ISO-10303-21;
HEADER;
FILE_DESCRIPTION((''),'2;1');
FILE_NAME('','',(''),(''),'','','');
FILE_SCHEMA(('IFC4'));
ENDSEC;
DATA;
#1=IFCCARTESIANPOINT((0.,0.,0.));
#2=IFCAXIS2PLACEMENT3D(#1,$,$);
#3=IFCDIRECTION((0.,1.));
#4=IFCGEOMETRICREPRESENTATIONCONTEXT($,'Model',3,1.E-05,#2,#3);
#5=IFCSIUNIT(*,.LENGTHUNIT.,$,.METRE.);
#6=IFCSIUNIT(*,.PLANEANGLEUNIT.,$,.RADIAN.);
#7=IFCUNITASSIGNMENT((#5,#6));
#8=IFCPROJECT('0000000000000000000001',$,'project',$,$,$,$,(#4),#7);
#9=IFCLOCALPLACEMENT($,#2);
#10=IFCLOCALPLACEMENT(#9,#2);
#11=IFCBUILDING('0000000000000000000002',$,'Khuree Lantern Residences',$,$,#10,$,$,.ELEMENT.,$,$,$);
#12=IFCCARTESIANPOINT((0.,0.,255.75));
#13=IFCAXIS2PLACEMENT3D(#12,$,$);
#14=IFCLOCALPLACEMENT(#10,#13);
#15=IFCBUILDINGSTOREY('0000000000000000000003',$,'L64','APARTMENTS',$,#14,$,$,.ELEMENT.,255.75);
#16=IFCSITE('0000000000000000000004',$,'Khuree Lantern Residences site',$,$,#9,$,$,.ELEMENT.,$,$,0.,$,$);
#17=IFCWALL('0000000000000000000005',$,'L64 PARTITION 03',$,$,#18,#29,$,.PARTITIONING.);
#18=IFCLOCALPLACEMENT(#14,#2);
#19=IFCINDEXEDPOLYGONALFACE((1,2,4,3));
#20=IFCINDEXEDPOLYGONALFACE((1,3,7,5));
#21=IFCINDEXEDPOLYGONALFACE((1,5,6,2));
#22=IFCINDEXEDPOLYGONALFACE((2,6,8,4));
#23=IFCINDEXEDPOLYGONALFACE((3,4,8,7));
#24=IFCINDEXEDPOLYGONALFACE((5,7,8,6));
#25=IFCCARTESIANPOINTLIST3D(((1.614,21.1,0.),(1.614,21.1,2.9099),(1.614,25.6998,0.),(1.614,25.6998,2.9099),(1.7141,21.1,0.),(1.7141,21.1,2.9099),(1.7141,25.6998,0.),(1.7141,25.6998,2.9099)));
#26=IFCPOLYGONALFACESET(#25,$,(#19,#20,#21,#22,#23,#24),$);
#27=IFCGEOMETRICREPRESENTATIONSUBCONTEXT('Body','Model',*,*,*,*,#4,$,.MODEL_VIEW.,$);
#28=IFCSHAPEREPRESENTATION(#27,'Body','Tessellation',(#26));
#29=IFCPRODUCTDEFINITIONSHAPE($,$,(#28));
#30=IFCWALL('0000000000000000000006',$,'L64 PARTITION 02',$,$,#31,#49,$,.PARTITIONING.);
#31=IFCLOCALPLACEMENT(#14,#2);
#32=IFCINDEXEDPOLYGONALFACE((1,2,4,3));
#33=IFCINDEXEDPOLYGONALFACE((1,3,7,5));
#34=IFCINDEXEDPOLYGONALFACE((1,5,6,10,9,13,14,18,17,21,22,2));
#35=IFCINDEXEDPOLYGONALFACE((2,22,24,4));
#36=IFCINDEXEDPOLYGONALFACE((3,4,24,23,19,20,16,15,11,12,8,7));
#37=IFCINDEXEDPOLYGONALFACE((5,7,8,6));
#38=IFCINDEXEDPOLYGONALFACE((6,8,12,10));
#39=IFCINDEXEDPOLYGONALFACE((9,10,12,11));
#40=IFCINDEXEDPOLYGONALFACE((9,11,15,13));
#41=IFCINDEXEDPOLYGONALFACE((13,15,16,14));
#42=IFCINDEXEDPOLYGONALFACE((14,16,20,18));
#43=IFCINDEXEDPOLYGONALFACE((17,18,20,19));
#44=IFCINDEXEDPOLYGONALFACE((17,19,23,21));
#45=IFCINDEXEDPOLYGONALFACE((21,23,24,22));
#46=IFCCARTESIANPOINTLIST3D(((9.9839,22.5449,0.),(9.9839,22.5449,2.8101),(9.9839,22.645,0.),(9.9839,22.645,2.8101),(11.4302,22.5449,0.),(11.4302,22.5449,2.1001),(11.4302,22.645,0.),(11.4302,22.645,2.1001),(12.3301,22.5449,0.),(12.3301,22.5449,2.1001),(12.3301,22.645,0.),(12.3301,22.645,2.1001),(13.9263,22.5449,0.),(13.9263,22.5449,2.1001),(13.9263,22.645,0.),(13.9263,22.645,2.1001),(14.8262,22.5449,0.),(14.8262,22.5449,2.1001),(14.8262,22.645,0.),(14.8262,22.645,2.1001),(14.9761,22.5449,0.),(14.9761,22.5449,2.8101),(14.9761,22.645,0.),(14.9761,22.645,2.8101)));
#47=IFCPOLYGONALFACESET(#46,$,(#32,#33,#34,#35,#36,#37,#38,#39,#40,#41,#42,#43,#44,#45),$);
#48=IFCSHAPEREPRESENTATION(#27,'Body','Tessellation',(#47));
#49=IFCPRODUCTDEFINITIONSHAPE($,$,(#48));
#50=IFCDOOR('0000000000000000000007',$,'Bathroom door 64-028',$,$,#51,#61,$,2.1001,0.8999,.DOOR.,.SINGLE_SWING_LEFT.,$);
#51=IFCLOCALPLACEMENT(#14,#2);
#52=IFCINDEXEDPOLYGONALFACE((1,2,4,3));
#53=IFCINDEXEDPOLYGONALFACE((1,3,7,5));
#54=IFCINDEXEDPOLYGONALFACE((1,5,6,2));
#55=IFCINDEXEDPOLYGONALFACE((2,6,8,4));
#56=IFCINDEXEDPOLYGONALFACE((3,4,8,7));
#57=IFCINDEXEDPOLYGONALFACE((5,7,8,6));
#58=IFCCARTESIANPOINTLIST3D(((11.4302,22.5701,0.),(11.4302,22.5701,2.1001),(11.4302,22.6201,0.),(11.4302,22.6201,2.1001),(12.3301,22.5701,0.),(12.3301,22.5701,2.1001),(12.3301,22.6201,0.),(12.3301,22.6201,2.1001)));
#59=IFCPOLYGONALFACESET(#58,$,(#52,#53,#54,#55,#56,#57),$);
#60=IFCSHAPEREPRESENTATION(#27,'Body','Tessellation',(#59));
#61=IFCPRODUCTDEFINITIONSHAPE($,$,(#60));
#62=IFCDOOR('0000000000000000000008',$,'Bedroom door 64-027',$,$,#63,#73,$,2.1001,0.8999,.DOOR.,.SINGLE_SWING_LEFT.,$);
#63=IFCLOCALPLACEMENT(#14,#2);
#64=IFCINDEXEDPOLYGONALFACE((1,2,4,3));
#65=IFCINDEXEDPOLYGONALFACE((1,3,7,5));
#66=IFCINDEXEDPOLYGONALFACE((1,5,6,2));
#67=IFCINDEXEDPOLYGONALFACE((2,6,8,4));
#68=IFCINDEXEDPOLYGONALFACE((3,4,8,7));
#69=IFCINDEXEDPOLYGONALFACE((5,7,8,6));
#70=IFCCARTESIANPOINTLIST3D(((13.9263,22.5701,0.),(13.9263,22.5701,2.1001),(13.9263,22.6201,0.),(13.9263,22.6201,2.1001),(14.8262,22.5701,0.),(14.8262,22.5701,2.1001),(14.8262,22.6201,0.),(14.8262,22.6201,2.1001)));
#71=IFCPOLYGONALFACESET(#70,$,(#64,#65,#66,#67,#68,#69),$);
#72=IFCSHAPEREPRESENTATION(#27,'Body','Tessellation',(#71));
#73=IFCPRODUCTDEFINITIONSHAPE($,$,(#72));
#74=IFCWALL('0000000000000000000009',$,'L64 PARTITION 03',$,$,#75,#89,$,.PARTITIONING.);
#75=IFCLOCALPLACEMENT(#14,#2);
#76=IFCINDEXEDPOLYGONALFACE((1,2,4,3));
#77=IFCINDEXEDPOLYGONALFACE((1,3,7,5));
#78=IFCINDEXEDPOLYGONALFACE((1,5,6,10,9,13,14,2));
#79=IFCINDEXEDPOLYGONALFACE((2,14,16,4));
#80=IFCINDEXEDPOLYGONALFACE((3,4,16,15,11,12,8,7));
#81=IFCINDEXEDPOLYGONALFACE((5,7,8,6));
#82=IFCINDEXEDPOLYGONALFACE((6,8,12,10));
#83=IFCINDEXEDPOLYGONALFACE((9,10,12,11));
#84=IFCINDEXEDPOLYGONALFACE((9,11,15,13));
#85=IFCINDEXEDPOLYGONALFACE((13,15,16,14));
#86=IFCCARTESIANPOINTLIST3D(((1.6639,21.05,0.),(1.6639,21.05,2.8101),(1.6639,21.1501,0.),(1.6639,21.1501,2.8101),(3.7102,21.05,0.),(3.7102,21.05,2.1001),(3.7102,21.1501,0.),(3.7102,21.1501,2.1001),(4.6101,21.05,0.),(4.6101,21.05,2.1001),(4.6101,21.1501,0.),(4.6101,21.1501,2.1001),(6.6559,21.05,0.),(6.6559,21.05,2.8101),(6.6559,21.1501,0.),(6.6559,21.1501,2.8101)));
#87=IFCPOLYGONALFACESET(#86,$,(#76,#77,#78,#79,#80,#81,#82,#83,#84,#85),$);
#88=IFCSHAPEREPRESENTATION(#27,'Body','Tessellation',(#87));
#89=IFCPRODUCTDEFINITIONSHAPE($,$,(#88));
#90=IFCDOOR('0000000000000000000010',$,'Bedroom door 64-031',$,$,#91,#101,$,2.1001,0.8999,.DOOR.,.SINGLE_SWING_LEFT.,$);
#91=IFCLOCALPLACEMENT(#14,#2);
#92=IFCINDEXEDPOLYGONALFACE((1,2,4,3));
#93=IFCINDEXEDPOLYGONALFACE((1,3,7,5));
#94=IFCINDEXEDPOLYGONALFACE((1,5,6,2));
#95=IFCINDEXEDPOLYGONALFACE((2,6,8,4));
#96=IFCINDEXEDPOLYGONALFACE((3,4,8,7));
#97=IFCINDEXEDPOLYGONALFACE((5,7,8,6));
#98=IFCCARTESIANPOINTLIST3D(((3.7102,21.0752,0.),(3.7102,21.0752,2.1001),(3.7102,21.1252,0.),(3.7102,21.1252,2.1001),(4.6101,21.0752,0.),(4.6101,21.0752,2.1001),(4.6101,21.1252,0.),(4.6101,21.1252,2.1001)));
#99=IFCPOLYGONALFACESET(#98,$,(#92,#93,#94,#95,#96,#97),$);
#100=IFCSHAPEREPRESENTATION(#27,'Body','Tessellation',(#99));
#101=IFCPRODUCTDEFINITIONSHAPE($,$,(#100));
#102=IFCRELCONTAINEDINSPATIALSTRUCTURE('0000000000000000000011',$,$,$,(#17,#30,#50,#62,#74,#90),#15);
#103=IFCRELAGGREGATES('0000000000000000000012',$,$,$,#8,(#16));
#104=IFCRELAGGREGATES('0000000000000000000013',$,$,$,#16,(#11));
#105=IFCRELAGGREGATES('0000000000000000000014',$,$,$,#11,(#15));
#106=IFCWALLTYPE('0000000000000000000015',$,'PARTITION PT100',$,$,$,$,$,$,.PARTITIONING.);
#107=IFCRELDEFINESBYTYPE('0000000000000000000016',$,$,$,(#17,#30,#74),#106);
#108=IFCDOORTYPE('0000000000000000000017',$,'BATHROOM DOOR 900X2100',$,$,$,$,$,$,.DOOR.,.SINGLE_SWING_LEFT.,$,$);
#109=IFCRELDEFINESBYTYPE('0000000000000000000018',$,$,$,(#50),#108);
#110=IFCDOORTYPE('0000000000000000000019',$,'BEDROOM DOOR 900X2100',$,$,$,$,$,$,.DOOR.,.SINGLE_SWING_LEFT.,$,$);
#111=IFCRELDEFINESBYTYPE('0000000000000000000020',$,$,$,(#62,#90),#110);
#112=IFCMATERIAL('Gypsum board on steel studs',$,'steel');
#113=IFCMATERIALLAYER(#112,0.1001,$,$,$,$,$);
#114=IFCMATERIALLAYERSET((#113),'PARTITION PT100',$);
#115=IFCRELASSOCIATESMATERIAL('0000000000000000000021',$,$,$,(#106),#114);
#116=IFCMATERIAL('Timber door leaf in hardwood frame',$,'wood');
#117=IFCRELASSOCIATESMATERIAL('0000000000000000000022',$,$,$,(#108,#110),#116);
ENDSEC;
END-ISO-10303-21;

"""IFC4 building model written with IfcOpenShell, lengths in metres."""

from ifc_helpers import new_model, si_unit, direction, frame, frame_2d, origin, place, context, subcontext, project, spatial, rectangle, extrude, material, layer, layer_set, type_object, element, fill, save


model = new_model("IFC4")

# Units and contexts
model_context = context("Model", 3, precision=1e-05, world=origin(), true_north=direction((0.0, 1.0)))
body_context = subcontext(model_context, "Body", "Model", "MODEL_VIEW")
ifc_project = project(units=[si_unit("LENGTHUNIT", "METRE"), si_unit("PLANEANGLEUNIT", "RADIAN")], contexts=[model_context])

# Site, building, storey
site_placement = place(None, origin())
site = spatial("IfcSite", under=ifc_project, at=site_placement, Name="Khuree Lantern Residences site", CompositionType="ELEMENT", RefElevation=0.0)
building_placement = place(site_placement, origin())
building = spatial("IfcBuilding", under=site, at=building_placement, Name="Khuree Lantern Residences", CompositionType="ELEMENT")
storey_placement = place(building_placement, frame((0.0, 0.0, 255.75)))
storey = spatial("IfcBuildingStorey", under=building, at=storey_placement, Name="L64", Description="APARTMENTS", CompositionType="ELEMENT", Elevation=255.75)

# Wall
ifc_material_1 = material(Name="Gypsum board on steel studs", Category="steel")
ifc_layer_1 = layer(ifc_material_1, 0.1001)
ifc_layer_set_1 = layer_set([ifc_layer_1], Name="PARTITION PT100")
wall_type = type_object("IfcWallType", Name="PARTITION PT100", PredefinedType="PARTITIONING", material=ifc_layer_set_1)
wall_1_placement = place(storey_placement, frame((1.6641, 21.1001, 0.0), z_axis=(0.0, 0.0, 1.0), x_axis=(0.0, 1.0, 0.0)))
element("IfcWall", 1, at=wall_1_placement, inside=storey, type_object=wall_type, Name="L64 PARTITION 03", PredefinedType="PARTITIONING", context=body_context, shape_type="SweptSolid", body=[
    extrude(rectangle(XDim=4.5999, YDim=0.1001, at=frame_2d((2.2998, 0.0))), origin(), (0.0, 0.0, 1.0), 2.9099),
])

# Wall, openings, doors
wall_2_placement = place(storey_placement, frame((14.9761, 22.595, 0.0), z_axis=(0.0, 0.0, 1.0), x_axis=(-1.0, 0.0, 0.0)))
wall_2 = element("IfcWall", 2, at=wall_2_placement, inside=storey, type_object=wall_type, Name="L64 PARTITION 02", PredefinedType="PARTITIONING", context=body_context, shape_type="SweptSolid", body=[
    extrude(rectangle(XDim=4.9922, YDim=0.1001, at=frame_2d((2.4961, 0.0))), origin(), (0.0, 0.0, 1.0), 2.8101),
])
opening_1_placement = place(wall_2_placement, frame((0.1499, 0.0, 0.0)))
opening_1 = element("IfcOpeningElement", 3, at=opening_1_placement, cuts=wall_2, PredefinedType="OPENING", context=body_context, shape_type="SweptSolid", body=[
    extrude(rectangle(XDim=0.8999, YDim=2.1001, at=frame_2d((0.45, 1.05))), frame((0.0, 0.0601, 0.0), z_axis=(0.0, -1.0, 0.0), x_axis=(1.0, 0.0, 0.0)), (0.0, 0.0, 1.0), 0.1201),
])
opening_2_placement = place(wall_2_placement, frame((2.646, 0.0, 0.0)))
opening_2 = element("IfcOpeningElement", 4, at=opening_2_placement, cuts=wall_2, PredefinedType="OPENING", context=body_context, shape_type="SweptSolid", body=[
    extrude(rectangle(XDim=0.8999, YDim=2.1001, at=frame_2d((0.45, 1.05))), frame((0.0, 0.0601, 0.0), z_axis=(0.0, -1.0, 0.0), x_axis=(1.0, 0.0, 0.0)), (0.0, 0.0, 1.0), 0.1201),
])
ifc_material_2 = material(Name="Timber door leaf in hardwood frame", Category="wood")
door_type_1 = type_object("IfcDoorType", Name="BATHROOM DOOR 900X2100", OperationType="SINGLE_SWING_LEFT", PredefinedType="DOOR", material=ifc_material_2)
door_1_placement = place(opening_2_placement, origin())
door_1 = element("IfcDoor", 5, at=door_1_placement, inside=storey, type_object=door_type_1, Name="Bathroom door 64-028", OperationType="SINGLE_SWING_LEFT", OverallHeight=2.1001, OverallWidth=0.8999, PredefinedType="DOOR", context=body_context, shape_type="SweptSolid", body=[
    extrude(rectangle(XDim=0.8999, YDim=2.1001, at=frame_2d((0.45, 1.05))), frame((0.0, 0.0249, 0.0), z_axis=(0.0, -1.0, 0.0), x_axis=(1.0, 0.0, 0.0)), (0.0, 0.0, 1.0), 0.05),
])
fill(opening_2, door_1)
door_type_2 = type_object("IfcDoorType", Name="BEDROOM DOOR 900X2100", OperationType="SINGLE_SWING_LEFT", PredefinedType="DOOR", material=ifc_material_2)
door_2_placement = place(opening_1_placement, origin())
door_2 = element("IfcDoor", 6, at=door_2_placement, inside=storey, type_object=door_type_2, Name="Bedroom door 64-027", OperationType="SINGLE_SWING_LEFT", OverallHeight=2.1001, OverallWidth=0.8999, PredefinedType="DOOR", context=body_context, shape_type="SweptSolid", body=[
    extrude(rectangle(XDim=0.8999, YDim=2.1001, at=frame_2d((0.45, 1.05))), frame((0.0, 0.0249, 0.0), z_axis=(0.0, -1.0, 0.0), x_axis=(1.0, 0.0, 0.0)), (0.0, 0.0, 1.0), 0.05),
])
fill(opening_1, door_2)

# Wall, opening, door
wall_3_placement = place(storey_placement, frame((6.656, 21.1001, 0.0), z_axis=(0.0, 0.0, 1.0), x_axis=(-1.0, 0.0, 0.0)))
wall_3 = element("IfcWall", 7, at=wall_3_placement, inside=storey, type_object=wall_type, Name="L64 PARTITION 03", PredefinedType="PARTITIONING", context=body_context, shape_type="SweptSolid", body=[
    extrude(rectangle(XDim=4.9919, YDim=0.1001, at=frame_2d((2.4961, 0.0))), origin(), (0.0, 0.0, 1.0), 2.8101),
])
opening_3_placement = place(wall_3_placement, frame((2.0459, 0.0, 0.0)))
opening_3 = element("IfcOpeningElement", 8, at=opening_3_placement, cuts=wall_3, PredefinedType="OPENING", context=body_context, shape_type="SweptSolid", body=[
    extrude(rectangle(XDim=0.8999, YDim=2.1001, at=frame_2d((0.45, 1.05))), frame((0.0, 0.0601, 0.0), z_axis=(0.0, -1.0, 0.0), x_axis=(1.0, 0.0, 0.0)), (0.0, 0.0, 1.0), 0.1201),
])
door_3_placement = place(opening_3_placement, origin())
door_3 = element("IfcDoor", 9, at=door_3_placement, inside=storey, type_object=door_type_2, Name="Bedroom door 64-031", OperationType="SINGLE_SWING_LEFT", OverallHeight=2.1001, OverallWidth=0.8999, PredefinedType="DOOR", context=body_context, shape_type="SweptSolid", body=[
    extrude(rectangle(XDim=0.8999, YDim=2.1001, at=frame_2d((0.45, 1.05))), frame((0.0, 0.0249, 0.0), z_axis=(0.0, -1.0, 0.0), x_axis=(1.0, 0.0, 0.0)), (0.0, 0.0, 1.0), 0.05),
])
fill(opening_3, door_3)

save(model, "model.ifc")
